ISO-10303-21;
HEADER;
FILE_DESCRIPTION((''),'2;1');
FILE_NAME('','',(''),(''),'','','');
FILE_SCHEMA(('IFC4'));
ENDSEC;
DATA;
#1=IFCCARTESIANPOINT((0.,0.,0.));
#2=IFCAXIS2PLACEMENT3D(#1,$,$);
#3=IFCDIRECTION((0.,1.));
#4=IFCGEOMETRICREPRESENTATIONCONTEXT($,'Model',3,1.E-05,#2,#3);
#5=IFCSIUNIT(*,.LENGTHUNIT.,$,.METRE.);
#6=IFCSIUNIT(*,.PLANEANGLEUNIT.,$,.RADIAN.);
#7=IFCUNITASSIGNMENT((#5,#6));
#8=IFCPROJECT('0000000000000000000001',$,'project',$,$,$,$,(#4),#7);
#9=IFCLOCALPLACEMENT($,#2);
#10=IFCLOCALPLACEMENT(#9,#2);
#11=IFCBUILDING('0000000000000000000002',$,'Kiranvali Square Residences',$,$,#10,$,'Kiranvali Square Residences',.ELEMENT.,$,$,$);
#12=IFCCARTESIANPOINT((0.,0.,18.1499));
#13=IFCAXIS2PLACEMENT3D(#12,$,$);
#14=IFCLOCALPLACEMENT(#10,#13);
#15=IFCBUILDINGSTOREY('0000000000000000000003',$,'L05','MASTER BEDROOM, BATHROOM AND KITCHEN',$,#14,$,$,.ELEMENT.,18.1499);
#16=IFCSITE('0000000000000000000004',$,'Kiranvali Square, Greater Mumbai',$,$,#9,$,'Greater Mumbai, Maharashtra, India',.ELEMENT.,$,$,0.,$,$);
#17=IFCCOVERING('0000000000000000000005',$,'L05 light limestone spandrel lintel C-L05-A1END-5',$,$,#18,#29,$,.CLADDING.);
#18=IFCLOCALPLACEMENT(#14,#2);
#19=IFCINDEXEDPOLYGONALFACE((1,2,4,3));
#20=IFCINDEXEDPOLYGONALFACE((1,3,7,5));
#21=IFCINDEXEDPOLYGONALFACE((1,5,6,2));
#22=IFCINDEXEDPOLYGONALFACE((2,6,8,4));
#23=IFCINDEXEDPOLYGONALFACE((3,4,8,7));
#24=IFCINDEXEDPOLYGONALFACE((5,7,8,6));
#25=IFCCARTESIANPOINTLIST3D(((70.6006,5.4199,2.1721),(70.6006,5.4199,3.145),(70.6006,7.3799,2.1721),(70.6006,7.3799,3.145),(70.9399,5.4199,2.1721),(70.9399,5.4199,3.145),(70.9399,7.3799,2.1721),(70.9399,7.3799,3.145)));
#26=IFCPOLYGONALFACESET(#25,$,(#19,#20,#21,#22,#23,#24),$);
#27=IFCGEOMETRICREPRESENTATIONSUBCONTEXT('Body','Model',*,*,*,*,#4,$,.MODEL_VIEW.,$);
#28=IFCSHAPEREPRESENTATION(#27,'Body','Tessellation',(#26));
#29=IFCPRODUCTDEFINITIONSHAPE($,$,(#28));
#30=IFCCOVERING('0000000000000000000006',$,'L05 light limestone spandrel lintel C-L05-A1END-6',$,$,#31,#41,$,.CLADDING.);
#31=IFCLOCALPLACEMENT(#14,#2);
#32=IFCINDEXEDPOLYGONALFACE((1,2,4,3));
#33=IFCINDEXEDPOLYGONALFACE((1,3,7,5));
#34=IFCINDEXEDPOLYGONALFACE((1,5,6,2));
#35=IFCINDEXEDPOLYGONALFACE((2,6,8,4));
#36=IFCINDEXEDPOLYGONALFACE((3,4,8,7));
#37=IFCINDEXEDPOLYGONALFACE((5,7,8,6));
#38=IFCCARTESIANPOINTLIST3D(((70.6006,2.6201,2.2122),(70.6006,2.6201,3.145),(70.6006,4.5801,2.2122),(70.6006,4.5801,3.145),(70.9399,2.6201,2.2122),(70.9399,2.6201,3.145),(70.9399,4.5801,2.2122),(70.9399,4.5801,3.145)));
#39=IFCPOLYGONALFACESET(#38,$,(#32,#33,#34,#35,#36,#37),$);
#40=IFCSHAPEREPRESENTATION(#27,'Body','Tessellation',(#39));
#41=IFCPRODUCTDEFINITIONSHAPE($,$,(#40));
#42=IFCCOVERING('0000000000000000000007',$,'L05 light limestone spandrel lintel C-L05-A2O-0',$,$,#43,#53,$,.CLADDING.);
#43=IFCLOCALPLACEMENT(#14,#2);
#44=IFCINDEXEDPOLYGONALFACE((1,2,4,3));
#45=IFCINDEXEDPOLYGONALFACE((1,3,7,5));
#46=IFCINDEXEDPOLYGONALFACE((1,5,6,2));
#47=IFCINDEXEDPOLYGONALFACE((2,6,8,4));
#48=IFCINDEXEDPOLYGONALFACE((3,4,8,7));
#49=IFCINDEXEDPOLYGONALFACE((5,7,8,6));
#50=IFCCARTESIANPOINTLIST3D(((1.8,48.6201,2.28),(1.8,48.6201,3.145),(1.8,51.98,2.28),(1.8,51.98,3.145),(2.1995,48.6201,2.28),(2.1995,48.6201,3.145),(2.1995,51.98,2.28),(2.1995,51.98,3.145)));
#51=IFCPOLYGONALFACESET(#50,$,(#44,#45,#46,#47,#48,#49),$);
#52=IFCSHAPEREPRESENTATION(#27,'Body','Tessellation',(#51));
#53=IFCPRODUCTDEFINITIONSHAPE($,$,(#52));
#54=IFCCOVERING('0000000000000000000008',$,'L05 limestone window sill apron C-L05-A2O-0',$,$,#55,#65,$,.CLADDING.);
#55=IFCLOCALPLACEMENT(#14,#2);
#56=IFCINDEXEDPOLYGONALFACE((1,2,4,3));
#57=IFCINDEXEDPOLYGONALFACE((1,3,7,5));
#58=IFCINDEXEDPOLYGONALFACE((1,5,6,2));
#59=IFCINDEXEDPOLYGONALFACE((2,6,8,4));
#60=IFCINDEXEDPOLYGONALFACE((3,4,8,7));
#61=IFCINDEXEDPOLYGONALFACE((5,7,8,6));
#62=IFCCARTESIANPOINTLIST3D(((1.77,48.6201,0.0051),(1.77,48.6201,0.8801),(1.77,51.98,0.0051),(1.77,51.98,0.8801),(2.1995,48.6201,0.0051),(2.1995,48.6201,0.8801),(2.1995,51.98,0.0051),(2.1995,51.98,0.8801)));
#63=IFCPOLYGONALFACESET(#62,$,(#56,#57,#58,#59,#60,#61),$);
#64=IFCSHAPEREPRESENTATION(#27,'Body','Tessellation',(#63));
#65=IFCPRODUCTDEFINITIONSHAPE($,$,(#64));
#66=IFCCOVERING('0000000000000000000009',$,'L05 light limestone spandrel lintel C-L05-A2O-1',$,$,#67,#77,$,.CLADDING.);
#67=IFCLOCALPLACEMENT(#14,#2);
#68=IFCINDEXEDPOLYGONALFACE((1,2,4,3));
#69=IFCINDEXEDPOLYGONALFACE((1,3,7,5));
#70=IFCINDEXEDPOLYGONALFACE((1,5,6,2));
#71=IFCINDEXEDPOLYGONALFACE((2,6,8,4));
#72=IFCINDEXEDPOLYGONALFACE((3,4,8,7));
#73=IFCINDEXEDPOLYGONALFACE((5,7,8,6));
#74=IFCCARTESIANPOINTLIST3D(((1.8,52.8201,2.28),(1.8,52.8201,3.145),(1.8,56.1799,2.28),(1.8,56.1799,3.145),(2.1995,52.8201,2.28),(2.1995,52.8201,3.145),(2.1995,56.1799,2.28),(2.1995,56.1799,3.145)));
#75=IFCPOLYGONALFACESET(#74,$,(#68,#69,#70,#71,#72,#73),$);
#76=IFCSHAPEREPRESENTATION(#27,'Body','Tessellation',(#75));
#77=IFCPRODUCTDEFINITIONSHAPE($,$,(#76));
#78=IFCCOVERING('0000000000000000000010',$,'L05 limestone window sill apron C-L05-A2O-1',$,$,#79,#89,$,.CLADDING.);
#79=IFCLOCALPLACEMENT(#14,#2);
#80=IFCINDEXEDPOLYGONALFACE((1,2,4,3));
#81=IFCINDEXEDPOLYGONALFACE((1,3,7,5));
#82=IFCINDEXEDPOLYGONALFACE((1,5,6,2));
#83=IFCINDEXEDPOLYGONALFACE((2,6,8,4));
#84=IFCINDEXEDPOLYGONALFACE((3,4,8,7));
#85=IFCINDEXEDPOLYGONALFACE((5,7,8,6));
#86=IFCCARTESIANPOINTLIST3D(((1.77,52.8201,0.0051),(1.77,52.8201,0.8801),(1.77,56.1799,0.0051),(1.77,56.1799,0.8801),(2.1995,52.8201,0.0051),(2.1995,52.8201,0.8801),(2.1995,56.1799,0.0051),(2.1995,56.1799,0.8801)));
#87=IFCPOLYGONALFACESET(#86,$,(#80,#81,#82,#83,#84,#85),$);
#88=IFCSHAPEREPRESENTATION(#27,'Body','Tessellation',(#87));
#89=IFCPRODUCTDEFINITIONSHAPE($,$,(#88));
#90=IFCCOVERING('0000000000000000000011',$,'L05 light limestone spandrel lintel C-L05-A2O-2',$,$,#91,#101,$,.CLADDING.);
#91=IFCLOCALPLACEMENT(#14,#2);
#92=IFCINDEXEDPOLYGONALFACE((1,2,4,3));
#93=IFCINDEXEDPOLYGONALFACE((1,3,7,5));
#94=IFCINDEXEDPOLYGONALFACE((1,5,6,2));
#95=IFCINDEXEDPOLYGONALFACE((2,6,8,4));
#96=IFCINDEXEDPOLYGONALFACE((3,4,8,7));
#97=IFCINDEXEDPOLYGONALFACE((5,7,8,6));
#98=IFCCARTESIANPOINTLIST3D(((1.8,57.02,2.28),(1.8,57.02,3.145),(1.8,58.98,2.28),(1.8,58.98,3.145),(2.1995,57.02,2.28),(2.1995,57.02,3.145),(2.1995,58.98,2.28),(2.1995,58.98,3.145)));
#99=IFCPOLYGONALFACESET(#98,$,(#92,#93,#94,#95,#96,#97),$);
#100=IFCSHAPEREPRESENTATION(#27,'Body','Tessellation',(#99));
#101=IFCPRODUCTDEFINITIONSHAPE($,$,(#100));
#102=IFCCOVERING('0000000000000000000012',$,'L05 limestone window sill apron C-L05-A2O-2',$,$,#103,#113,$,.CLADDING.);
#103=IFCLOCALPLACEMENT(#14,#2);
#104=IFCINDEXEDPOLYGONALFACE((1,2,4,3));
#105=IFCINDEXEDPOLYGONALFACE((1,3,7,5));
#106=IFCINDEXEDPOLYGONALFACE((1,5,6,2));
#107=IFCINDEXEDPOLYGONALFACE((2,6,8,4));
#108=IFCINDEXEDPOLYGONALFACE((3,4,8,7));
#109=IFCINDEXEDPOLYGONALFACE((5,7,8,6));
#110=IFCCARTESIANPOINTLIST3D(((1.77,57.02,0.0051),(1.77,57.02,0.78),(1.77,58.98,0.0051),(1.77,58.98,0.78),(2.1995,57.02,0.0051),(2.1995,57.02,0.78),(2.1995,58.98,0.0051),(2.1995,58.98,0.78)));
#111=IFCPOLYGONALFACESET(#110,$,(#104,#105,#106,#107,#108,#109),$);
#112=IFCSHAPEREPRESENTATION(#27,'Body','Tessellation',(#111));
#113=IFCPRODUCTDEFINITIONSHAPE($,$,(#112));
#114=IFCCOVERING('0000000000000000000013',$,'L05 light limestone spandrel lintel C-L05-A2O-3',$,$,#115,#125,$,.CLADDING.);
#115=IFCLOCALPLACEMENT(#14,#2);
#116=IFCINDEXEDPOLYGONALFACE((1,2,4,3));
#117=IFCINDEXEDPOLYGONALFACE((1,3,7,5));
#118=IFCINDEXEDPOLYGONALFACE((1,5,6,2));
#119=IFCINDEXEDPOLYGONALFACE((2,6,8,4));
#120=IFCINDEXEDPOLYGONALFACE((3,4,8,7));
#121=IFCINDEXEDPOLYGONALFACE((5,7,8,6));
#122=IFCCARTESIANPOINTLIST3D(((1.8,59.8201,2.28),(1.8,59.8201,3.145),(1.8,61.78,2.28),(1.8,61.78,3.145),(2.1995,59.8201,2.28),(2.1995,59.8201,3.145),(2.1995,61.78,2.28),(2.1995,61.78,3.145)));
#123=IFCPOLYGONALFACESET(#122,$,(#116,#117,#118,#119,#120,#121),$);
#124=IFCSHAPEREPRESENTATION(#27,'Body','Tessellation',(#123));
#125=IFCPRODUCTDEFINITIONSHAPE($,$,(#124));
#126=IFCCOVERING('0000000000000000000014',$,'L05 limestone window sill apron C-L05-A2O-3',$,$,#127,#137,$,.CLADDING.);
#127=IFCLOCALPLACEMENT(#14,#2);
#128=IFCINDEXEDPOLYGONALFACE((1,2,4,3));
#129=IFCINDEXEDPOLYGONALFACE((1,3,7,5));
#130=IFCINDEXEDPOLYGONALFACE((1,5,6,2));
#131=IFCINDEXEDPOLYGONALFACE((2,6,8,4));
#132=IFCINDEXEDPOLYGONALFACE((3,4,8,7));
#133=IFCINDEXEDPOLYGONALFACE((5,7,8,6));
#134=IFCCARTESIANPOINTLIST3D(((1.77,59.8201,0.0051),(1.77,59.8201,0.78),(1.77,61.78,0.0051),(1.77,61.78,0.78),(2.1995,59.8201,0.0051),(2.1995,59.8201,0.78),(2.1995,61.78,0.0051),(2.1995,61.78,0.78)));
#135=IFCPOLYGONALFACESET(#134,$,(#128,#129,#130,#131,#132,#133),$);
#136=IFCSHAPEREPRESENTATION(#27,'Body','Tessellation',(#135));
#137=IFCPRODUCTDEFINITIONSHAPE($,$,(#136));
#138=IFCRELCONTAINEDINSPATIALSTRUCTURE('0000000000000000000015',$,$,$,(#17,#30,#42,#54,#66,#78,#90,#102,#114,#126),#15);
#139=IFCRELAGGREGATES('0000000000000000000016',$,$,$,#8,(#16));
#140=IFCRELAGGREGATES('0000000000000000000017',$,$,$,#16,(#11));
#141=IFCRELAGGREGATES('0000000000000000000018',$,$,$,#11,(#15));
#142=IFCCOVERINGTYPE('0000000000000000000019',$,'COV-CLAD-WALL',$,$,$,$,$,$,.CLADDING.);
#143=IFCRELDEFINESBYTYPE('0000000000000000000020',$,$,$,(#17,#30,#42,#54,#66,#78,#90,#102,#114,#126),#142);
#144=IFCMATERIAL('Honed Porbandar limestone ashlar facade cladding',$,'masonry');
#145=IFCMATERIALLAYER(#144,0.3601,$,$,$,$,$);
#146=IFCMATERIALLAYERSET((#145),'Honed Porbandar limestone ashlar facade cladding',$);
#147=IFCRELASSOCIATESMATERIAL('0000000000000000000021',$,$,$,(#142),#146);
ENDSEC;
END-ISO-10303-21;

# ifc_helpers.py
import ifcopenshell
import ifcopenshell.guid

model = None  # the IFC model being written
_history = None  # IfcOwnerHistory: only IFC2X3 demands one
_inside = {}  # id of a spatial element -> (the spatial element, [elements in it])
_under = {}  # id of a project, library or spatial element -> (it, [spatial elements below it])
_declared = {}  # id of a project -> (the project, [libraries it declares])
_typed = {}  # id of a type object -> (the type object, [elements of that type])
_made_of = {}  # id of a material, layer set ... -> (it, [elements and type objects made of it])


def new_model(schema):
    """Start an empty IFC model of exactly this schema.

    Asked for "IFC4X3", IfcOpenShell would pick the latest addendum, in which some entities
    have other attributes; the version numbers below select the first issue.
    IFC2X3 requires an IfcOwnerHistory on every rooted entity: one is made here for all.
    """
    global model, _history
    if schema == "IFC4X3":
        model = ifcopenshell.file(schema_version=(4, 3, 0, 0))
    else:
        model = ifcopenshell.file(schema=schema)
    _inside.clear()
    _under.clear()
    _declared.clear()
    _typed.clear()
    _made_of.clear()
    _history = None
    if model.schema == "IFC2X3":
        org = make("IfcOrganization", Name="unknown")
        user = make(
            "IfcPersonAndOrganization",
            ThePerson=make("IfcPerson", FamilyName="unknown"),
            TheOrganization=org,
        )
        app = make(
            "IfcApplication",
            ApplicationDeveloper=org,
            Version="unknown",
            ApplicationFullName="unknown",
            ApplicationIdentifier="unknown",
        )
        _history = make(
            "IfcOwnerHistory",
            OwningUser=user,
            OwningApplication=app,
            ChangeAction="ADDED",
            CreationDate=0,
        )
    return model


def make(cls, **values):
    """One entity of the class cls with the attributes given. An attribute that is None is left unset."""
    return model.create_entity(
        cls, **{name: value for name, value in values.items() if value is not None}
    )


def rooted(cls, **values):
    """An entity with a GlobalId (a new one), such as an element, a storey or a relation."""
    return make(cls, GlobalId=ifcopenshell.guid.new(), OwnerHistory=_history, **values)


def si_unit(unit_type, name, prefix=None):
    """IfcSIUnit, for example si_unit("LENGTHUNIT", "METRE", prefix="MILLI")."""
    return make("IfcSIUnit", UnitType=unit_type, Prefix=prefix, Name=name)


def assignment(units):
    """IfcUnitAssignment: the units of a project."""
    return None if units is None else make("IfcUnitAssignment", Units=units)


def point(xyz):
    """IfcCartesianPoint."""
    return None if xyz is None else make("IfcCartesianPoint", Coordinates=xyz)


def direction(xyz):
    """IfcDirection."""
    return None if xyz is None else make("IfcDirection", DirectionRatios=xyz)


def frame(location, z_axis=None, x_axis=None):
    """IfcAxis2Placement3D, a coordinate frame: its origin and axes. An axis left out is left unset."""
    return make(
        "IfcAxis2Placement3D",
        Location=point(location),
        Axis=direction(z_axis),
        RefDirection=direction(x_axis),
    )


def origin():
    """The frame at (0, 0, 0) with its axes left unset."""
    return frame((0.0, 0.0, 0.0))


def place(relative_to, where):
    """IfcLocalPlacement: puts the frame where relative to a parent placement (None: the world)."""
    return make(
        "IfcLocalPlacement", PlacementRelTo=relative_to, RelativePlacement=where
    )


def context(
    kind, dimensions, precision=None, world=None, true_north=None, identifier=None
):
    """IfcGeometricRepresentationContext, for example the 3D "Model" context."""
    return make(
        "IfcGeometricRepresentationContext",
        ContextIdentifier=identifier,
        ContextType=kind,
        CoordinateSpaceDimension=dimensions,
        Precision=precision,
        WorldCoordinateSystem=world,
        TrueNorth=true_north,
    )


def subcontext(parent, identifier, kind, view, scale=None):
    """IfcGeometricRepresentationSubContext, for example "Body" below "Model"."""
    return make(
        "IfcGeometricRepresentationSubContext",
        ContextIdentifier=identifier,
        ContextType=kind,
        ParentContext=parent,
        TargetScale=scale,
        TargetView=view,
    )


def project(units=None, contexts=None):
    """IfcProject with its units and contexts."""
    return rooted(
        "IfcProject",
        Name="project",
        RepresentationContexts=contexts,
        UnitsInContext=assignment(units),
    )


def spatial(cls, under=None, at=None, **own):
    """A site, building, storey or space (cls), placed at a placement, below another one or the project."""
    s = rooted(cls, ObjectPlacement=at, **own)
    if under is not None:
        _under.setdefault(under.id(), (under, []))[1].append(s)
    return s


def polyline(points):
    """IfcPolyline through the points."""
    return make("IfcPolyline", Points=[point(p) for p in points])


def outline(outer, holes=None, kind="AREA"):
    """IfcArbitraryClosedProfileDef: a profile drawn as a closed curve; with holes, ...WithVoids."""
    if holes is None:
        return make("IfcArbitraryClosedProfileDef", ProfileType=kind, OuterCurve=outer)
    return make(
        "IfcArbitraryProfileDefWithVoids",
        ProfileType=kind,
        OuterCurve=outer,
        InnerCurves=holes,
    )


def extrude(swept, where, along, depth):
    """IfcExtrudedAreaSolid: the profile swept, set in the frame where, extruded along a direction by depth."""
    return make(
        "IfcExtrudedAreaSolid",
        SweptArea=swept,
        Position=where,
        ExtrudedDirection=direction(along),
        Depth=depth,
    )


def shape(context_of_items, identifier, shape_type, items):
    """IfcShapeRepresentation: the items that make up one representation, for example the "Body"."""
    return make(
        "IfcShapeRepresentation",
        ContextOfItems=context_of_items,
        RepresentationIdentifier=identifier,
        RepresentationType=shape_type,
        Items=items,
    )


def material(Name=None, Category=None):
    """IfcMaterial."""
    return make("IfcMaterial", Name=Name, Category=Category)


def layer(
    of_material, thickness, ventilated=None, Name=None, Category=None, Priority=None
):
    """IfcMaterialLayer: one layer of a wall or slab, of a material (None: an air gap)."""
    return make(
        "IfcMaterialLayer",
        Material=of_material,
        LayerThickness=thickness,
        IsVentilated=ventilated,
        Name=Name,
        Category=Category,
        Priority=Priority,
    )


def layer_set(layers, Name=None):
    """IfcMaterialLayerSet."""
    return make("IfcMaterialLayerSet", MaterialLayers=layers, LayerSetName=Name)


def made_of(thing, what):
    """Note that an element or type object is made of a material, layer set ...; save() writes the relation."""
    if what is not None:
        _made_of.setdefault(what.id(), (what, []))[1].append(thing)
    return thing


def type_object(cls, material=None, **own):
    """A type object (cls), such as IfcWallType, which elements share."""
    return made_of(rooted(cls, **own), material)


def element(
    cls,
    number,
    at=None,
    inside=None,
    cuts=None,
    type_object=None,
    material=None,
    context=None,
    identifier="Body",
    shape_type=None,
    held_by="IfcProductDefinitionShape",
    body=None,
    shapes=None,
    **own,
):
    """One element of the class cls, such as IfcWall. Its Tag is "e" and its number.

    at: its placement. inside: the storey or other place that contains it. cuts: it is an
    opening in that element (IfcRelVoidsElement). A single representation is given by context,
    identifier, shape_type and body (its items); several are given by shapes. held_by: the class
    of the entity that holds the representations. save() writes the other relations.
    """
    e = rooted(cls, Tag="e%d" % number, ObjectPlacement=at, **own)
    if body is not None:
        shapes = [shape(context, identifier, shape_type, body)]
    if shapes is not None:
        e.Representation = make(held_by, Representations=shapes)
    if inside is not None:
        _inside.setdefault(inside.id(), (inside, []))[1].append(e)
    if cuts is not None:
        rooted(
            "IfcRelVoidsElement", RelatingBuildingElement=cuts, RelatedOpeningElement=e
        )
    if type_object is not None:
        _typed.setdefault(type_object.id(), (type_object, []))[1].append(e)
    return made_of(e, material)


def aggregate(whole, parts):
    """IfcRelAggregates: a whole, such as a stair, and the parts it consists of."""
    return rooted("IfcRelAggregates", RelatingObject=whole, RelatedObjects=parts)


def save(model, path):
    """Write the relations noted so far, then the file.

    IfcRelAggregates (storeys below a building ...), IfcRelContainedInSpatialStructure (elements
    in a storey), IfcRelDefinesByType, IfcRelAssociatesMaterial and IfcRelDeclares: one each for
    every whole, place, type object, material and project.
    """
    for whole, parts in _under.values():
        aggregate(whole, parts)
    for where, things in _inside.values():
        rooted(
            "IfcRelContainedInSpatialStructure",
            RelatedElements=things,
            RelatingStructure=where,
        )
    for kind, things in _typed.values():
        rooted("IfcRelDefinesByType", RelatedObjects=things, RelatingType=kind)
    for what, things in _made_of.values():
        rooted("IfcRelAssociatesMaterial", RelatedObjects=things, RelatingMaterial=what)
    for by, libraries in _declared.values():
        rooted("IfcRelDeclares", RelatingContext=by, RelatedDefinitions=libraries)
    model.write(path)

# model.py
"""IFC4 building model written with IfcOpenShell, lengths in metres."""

from ifc_helpers import new_model, si_unit, direction, frame, origin, place, context, subcontext, project, spatial, polyline, outline, extrude, material, layer, layer_set, type_object, element, save


model = new_model("IFC4")

# Units and contexts
model_context = context("Model", 3, precision=1e-05, world=origin(), true_north=direction((0.0, 1.0)))
body_context = subcontext(model_context, "Body", "Model", "MODEL_VIEW")
ifc_project = project(units=[si_unit("LENGTHUNIT", "METRE"), si_unit("PLANEANGLEUNIT", "RADIAN")], contexts=[model_context])

# Site, building, storey
site_placement = place(None, origin())
site = spatial("IfcSite", under=ifc_project, at=site_placement, Name="Kiranvali Square, Greater Mumbai", LongName="Greater Mumbai, Maharashtra, India", CompositionType="ELEMENT", RefElevation=0.0)
building_placement = place(site_placement, origin())
building = spatial("IfcBuilding", under=site, at=building_placement, Name="Kiranvali Square Residences", LongName="Kiranvali Square Residences", CompositionType="ELEMENT")
storey_placement = place(building_placement, frame((0.0, 0.0, 18.1499)))
storey = spatial("IfcBuildingStorey", under=building, at=storey_placement, Name="L05", Description="MASTER BEDROOM, BATHROOM AND KITCHEN", CompositionType="ELEMENT", Elevation=18.1499)

# Coverings
ifc_material = material(Name="Honed Porbandar limestone ashlar facade cladding", Category="masonry")
ifc_layer_1 = layer(ifc_material, 0.3601)
ifc_layer_set_1 = layer_set([ifc_layer_1], Name="Honed Porbandar limestone ashlar facade cladding")
covering_type_1 = type_object("IfcCoveringType", Name="COV-CLAD-WALL", PredefinedType="CLADDING", material=ifc_layer_set_1)
covering_1_placement = place(storey_placement, frame((0.0, 0.0, 2.1721)))
element("IfcCovering", 1, at=covering_1_placement, inside=storey, type_object=covering_type_1, Name="L05 light limestone spandrel lintel C-L05-A1END-5", PredefinedType="CLADDING", context=body_context, shape_type="SweptSolid", body=[
    extrude(outline(polyline([(70.6006, 7.3799), (70.6006, 5.4199), (70.9399, 5.4199), (70.9399, 7.3799), (70.6006, 7.3799)])), origin(), (0.0, 0.0, 1.0), 0.9729),
])
covering_2_placement = place(storey_placement, frame((0.0, 0.0, 2.2122)))
element("IfcCovering", 2, at=covering_2_placement, inside=storey, type_object=covering_type_1, Name="L05 light limestone spandrel lintel C-L05-A1END-6", PredefinedType="CLADDING", context=body_context, shape_type="SweptSolid", body=[
    extrude(outline(polyline([(70.6006, 4.5801), (70.6006, 2.6201), (70.9399, 2.6201), (70.9399, 4.5801), (70.6006, 4.5801)])), origin(), (0.0, 0.0, 1.0), 0.9329),
])
covering_3_placement = place(storey_placement, frame((0.0, 0.0, 2.28)))
element("IfcCovering", 3, at=covering_3_placement, inside=storey, type_object=covering_type_1, Name="L05 light limestone spandrel lintel C-L05-A2O-0", PredefinedType="CLADDING", context=body_context, shape_type="SweptSolid", body=[
    extrude(outline(polyline([(2.1995, 48.6201), (2.1995, 51.98), (1.8, 51.98), (1.8, 48.6201), (2.1995, 48.6201)])), origin(), (0.0, 0.0, 1.0), 0.865),
])
covering_4_placement = place(storey_placement, frame((0.0, 0.0, 0.0051)))
element("IfcCovering", 4, at=covering_4_placement, inside=storey, type_object=covering_type_1, Name="L05 limestone window sill apron C-L05-A2O-0", PredefinedType="CLADDING", context=body_context, shape_type="SweptSolid", body=[
    extrude(outline(polyline([(2.1995, 48.6201), (2.1995, 51.98), (1.77, 51.98), (1.77, 48.6201), (2.1995, 48.6201)])), origin(), (0.0, 0.0, 1.0), 0.875),
])
covering_5_placement = place(storey_placement, frame((0.0, 0.0, 2.28)))
element("IfcCovering", 5, at=covering_5_placement, inside=storey, type_object=covering_type_1, Name="L05 light limestone spandrel lintel C-L05-A2O-1", PredefinedType="CLADDING", context=body_context, shape_type="SweptSolid", body=[
    extrude(outline(polyline([(2.1995, 52.8201), (2.1995, 56.1799), (1.8, 56.1799), (1.8, 52.8201), (2.1995, 52.8201)])), origin(), (0.0, 0.0, 1.0), 0.865),
])
covering_6_placement = place(storey_placement, frame((0.0, 0.0, 0.0051)))
element("IfcCovering", 6, at=covering_6_placement, inside=storey, type_object=covering_type_1, Name="L05 limestone window sill apron C-L05-A2O-1", PredefinedType="CLADDING", context=body_context, shape_type="SweptSolid", body=[
    extrude(outline(polyline([(2.1995, 52.8201), (2.1995, 56.1799), (1.77, 56.1799), (1.77, 52.8201), (2.1995, 52.8201)])), origin(), (0.0, 0.0, 1.0), 0.875),
])
covering_7_placement = place(storey_placement, frame((0.0, 0.0, 2.28)))
element("IfcCovering", 7, at=covering_7_placement, inside=storey, type_object=covering_type_1, Name="L05 light limestone spandrel lintel C-L05-A2O-2", PredefinedType="CLADDING", context=body_context, shape_type="SweptSolid", body=[
    extrude(outline(polyline([(2.1995, 57.02), (2.1995, 58.98), (1.8, 58.98), (1.8, 57.02), (2.1995, 57.02)])), origin(), (0.0, 0.0, 1.0), 0.865),
])
covering_8_placement = place(storey_placement, frame((0.0, 0.0, 0.0051)))
element("IfcCovering", 8, at=covering_8_placement, inside=storey, type_object=covering_type_1, Name="L05 limestone window sill apron C-L05-A2O-2", PredefinedType="CLADDING", context=body_context, shape_type="SweptSolid", body=[
    extrude(outline(polyline([(2.1995, 57.02), (2.1995, 58.98), (1.77, 58.98), (1.77, 57.02), (2.1995, 57.02)])), origin(), (0.0, 0.0, 1.0), 0.7749),
])
covering_9_placement = place(storey_placement, frame((0.0, 0.0, 2.28)))
element("IfcCovering", 9, at=covering_9_placement, inside=storey, type_object=covering_type_1, Name="L05 light limestone spandrel lintel C-L05-A2O-3", PredefinedType="CLADDING", context=body_context, shape_type="SweptSolid", body=[
    extrude(outline(polyline([(2.1995, 59.8201), (2.1995, 61.78), (1.8, 61.78), (1.8, 59.8201), (2.1995, 59.8201)])), origin(), (0.0, 0.0, 1.0), 0.865),
])
covering_10_placement = place(storey_placement, frame((0.0, 0.0, 0.0051)))
element("IfcCovering", 10, at=covering_10_placement, inside=storey, type_object=covering_type_1, Name="L05 limestone window sill apron C-L05-A2O-3", PredefinedType="CLADDING", context=body_context, shape_type="SweptSolid", body=[
    extrude(outline(polyline([(2.1995, 59.8201), (2.1995, 61.78), (1.77, 61.78), (1.77, 59.8201), (2.1995, 59.8201)])), origin(), (0.0, 0.0, 1.0), 0.7749),
])

save(model, "model.ifc")
